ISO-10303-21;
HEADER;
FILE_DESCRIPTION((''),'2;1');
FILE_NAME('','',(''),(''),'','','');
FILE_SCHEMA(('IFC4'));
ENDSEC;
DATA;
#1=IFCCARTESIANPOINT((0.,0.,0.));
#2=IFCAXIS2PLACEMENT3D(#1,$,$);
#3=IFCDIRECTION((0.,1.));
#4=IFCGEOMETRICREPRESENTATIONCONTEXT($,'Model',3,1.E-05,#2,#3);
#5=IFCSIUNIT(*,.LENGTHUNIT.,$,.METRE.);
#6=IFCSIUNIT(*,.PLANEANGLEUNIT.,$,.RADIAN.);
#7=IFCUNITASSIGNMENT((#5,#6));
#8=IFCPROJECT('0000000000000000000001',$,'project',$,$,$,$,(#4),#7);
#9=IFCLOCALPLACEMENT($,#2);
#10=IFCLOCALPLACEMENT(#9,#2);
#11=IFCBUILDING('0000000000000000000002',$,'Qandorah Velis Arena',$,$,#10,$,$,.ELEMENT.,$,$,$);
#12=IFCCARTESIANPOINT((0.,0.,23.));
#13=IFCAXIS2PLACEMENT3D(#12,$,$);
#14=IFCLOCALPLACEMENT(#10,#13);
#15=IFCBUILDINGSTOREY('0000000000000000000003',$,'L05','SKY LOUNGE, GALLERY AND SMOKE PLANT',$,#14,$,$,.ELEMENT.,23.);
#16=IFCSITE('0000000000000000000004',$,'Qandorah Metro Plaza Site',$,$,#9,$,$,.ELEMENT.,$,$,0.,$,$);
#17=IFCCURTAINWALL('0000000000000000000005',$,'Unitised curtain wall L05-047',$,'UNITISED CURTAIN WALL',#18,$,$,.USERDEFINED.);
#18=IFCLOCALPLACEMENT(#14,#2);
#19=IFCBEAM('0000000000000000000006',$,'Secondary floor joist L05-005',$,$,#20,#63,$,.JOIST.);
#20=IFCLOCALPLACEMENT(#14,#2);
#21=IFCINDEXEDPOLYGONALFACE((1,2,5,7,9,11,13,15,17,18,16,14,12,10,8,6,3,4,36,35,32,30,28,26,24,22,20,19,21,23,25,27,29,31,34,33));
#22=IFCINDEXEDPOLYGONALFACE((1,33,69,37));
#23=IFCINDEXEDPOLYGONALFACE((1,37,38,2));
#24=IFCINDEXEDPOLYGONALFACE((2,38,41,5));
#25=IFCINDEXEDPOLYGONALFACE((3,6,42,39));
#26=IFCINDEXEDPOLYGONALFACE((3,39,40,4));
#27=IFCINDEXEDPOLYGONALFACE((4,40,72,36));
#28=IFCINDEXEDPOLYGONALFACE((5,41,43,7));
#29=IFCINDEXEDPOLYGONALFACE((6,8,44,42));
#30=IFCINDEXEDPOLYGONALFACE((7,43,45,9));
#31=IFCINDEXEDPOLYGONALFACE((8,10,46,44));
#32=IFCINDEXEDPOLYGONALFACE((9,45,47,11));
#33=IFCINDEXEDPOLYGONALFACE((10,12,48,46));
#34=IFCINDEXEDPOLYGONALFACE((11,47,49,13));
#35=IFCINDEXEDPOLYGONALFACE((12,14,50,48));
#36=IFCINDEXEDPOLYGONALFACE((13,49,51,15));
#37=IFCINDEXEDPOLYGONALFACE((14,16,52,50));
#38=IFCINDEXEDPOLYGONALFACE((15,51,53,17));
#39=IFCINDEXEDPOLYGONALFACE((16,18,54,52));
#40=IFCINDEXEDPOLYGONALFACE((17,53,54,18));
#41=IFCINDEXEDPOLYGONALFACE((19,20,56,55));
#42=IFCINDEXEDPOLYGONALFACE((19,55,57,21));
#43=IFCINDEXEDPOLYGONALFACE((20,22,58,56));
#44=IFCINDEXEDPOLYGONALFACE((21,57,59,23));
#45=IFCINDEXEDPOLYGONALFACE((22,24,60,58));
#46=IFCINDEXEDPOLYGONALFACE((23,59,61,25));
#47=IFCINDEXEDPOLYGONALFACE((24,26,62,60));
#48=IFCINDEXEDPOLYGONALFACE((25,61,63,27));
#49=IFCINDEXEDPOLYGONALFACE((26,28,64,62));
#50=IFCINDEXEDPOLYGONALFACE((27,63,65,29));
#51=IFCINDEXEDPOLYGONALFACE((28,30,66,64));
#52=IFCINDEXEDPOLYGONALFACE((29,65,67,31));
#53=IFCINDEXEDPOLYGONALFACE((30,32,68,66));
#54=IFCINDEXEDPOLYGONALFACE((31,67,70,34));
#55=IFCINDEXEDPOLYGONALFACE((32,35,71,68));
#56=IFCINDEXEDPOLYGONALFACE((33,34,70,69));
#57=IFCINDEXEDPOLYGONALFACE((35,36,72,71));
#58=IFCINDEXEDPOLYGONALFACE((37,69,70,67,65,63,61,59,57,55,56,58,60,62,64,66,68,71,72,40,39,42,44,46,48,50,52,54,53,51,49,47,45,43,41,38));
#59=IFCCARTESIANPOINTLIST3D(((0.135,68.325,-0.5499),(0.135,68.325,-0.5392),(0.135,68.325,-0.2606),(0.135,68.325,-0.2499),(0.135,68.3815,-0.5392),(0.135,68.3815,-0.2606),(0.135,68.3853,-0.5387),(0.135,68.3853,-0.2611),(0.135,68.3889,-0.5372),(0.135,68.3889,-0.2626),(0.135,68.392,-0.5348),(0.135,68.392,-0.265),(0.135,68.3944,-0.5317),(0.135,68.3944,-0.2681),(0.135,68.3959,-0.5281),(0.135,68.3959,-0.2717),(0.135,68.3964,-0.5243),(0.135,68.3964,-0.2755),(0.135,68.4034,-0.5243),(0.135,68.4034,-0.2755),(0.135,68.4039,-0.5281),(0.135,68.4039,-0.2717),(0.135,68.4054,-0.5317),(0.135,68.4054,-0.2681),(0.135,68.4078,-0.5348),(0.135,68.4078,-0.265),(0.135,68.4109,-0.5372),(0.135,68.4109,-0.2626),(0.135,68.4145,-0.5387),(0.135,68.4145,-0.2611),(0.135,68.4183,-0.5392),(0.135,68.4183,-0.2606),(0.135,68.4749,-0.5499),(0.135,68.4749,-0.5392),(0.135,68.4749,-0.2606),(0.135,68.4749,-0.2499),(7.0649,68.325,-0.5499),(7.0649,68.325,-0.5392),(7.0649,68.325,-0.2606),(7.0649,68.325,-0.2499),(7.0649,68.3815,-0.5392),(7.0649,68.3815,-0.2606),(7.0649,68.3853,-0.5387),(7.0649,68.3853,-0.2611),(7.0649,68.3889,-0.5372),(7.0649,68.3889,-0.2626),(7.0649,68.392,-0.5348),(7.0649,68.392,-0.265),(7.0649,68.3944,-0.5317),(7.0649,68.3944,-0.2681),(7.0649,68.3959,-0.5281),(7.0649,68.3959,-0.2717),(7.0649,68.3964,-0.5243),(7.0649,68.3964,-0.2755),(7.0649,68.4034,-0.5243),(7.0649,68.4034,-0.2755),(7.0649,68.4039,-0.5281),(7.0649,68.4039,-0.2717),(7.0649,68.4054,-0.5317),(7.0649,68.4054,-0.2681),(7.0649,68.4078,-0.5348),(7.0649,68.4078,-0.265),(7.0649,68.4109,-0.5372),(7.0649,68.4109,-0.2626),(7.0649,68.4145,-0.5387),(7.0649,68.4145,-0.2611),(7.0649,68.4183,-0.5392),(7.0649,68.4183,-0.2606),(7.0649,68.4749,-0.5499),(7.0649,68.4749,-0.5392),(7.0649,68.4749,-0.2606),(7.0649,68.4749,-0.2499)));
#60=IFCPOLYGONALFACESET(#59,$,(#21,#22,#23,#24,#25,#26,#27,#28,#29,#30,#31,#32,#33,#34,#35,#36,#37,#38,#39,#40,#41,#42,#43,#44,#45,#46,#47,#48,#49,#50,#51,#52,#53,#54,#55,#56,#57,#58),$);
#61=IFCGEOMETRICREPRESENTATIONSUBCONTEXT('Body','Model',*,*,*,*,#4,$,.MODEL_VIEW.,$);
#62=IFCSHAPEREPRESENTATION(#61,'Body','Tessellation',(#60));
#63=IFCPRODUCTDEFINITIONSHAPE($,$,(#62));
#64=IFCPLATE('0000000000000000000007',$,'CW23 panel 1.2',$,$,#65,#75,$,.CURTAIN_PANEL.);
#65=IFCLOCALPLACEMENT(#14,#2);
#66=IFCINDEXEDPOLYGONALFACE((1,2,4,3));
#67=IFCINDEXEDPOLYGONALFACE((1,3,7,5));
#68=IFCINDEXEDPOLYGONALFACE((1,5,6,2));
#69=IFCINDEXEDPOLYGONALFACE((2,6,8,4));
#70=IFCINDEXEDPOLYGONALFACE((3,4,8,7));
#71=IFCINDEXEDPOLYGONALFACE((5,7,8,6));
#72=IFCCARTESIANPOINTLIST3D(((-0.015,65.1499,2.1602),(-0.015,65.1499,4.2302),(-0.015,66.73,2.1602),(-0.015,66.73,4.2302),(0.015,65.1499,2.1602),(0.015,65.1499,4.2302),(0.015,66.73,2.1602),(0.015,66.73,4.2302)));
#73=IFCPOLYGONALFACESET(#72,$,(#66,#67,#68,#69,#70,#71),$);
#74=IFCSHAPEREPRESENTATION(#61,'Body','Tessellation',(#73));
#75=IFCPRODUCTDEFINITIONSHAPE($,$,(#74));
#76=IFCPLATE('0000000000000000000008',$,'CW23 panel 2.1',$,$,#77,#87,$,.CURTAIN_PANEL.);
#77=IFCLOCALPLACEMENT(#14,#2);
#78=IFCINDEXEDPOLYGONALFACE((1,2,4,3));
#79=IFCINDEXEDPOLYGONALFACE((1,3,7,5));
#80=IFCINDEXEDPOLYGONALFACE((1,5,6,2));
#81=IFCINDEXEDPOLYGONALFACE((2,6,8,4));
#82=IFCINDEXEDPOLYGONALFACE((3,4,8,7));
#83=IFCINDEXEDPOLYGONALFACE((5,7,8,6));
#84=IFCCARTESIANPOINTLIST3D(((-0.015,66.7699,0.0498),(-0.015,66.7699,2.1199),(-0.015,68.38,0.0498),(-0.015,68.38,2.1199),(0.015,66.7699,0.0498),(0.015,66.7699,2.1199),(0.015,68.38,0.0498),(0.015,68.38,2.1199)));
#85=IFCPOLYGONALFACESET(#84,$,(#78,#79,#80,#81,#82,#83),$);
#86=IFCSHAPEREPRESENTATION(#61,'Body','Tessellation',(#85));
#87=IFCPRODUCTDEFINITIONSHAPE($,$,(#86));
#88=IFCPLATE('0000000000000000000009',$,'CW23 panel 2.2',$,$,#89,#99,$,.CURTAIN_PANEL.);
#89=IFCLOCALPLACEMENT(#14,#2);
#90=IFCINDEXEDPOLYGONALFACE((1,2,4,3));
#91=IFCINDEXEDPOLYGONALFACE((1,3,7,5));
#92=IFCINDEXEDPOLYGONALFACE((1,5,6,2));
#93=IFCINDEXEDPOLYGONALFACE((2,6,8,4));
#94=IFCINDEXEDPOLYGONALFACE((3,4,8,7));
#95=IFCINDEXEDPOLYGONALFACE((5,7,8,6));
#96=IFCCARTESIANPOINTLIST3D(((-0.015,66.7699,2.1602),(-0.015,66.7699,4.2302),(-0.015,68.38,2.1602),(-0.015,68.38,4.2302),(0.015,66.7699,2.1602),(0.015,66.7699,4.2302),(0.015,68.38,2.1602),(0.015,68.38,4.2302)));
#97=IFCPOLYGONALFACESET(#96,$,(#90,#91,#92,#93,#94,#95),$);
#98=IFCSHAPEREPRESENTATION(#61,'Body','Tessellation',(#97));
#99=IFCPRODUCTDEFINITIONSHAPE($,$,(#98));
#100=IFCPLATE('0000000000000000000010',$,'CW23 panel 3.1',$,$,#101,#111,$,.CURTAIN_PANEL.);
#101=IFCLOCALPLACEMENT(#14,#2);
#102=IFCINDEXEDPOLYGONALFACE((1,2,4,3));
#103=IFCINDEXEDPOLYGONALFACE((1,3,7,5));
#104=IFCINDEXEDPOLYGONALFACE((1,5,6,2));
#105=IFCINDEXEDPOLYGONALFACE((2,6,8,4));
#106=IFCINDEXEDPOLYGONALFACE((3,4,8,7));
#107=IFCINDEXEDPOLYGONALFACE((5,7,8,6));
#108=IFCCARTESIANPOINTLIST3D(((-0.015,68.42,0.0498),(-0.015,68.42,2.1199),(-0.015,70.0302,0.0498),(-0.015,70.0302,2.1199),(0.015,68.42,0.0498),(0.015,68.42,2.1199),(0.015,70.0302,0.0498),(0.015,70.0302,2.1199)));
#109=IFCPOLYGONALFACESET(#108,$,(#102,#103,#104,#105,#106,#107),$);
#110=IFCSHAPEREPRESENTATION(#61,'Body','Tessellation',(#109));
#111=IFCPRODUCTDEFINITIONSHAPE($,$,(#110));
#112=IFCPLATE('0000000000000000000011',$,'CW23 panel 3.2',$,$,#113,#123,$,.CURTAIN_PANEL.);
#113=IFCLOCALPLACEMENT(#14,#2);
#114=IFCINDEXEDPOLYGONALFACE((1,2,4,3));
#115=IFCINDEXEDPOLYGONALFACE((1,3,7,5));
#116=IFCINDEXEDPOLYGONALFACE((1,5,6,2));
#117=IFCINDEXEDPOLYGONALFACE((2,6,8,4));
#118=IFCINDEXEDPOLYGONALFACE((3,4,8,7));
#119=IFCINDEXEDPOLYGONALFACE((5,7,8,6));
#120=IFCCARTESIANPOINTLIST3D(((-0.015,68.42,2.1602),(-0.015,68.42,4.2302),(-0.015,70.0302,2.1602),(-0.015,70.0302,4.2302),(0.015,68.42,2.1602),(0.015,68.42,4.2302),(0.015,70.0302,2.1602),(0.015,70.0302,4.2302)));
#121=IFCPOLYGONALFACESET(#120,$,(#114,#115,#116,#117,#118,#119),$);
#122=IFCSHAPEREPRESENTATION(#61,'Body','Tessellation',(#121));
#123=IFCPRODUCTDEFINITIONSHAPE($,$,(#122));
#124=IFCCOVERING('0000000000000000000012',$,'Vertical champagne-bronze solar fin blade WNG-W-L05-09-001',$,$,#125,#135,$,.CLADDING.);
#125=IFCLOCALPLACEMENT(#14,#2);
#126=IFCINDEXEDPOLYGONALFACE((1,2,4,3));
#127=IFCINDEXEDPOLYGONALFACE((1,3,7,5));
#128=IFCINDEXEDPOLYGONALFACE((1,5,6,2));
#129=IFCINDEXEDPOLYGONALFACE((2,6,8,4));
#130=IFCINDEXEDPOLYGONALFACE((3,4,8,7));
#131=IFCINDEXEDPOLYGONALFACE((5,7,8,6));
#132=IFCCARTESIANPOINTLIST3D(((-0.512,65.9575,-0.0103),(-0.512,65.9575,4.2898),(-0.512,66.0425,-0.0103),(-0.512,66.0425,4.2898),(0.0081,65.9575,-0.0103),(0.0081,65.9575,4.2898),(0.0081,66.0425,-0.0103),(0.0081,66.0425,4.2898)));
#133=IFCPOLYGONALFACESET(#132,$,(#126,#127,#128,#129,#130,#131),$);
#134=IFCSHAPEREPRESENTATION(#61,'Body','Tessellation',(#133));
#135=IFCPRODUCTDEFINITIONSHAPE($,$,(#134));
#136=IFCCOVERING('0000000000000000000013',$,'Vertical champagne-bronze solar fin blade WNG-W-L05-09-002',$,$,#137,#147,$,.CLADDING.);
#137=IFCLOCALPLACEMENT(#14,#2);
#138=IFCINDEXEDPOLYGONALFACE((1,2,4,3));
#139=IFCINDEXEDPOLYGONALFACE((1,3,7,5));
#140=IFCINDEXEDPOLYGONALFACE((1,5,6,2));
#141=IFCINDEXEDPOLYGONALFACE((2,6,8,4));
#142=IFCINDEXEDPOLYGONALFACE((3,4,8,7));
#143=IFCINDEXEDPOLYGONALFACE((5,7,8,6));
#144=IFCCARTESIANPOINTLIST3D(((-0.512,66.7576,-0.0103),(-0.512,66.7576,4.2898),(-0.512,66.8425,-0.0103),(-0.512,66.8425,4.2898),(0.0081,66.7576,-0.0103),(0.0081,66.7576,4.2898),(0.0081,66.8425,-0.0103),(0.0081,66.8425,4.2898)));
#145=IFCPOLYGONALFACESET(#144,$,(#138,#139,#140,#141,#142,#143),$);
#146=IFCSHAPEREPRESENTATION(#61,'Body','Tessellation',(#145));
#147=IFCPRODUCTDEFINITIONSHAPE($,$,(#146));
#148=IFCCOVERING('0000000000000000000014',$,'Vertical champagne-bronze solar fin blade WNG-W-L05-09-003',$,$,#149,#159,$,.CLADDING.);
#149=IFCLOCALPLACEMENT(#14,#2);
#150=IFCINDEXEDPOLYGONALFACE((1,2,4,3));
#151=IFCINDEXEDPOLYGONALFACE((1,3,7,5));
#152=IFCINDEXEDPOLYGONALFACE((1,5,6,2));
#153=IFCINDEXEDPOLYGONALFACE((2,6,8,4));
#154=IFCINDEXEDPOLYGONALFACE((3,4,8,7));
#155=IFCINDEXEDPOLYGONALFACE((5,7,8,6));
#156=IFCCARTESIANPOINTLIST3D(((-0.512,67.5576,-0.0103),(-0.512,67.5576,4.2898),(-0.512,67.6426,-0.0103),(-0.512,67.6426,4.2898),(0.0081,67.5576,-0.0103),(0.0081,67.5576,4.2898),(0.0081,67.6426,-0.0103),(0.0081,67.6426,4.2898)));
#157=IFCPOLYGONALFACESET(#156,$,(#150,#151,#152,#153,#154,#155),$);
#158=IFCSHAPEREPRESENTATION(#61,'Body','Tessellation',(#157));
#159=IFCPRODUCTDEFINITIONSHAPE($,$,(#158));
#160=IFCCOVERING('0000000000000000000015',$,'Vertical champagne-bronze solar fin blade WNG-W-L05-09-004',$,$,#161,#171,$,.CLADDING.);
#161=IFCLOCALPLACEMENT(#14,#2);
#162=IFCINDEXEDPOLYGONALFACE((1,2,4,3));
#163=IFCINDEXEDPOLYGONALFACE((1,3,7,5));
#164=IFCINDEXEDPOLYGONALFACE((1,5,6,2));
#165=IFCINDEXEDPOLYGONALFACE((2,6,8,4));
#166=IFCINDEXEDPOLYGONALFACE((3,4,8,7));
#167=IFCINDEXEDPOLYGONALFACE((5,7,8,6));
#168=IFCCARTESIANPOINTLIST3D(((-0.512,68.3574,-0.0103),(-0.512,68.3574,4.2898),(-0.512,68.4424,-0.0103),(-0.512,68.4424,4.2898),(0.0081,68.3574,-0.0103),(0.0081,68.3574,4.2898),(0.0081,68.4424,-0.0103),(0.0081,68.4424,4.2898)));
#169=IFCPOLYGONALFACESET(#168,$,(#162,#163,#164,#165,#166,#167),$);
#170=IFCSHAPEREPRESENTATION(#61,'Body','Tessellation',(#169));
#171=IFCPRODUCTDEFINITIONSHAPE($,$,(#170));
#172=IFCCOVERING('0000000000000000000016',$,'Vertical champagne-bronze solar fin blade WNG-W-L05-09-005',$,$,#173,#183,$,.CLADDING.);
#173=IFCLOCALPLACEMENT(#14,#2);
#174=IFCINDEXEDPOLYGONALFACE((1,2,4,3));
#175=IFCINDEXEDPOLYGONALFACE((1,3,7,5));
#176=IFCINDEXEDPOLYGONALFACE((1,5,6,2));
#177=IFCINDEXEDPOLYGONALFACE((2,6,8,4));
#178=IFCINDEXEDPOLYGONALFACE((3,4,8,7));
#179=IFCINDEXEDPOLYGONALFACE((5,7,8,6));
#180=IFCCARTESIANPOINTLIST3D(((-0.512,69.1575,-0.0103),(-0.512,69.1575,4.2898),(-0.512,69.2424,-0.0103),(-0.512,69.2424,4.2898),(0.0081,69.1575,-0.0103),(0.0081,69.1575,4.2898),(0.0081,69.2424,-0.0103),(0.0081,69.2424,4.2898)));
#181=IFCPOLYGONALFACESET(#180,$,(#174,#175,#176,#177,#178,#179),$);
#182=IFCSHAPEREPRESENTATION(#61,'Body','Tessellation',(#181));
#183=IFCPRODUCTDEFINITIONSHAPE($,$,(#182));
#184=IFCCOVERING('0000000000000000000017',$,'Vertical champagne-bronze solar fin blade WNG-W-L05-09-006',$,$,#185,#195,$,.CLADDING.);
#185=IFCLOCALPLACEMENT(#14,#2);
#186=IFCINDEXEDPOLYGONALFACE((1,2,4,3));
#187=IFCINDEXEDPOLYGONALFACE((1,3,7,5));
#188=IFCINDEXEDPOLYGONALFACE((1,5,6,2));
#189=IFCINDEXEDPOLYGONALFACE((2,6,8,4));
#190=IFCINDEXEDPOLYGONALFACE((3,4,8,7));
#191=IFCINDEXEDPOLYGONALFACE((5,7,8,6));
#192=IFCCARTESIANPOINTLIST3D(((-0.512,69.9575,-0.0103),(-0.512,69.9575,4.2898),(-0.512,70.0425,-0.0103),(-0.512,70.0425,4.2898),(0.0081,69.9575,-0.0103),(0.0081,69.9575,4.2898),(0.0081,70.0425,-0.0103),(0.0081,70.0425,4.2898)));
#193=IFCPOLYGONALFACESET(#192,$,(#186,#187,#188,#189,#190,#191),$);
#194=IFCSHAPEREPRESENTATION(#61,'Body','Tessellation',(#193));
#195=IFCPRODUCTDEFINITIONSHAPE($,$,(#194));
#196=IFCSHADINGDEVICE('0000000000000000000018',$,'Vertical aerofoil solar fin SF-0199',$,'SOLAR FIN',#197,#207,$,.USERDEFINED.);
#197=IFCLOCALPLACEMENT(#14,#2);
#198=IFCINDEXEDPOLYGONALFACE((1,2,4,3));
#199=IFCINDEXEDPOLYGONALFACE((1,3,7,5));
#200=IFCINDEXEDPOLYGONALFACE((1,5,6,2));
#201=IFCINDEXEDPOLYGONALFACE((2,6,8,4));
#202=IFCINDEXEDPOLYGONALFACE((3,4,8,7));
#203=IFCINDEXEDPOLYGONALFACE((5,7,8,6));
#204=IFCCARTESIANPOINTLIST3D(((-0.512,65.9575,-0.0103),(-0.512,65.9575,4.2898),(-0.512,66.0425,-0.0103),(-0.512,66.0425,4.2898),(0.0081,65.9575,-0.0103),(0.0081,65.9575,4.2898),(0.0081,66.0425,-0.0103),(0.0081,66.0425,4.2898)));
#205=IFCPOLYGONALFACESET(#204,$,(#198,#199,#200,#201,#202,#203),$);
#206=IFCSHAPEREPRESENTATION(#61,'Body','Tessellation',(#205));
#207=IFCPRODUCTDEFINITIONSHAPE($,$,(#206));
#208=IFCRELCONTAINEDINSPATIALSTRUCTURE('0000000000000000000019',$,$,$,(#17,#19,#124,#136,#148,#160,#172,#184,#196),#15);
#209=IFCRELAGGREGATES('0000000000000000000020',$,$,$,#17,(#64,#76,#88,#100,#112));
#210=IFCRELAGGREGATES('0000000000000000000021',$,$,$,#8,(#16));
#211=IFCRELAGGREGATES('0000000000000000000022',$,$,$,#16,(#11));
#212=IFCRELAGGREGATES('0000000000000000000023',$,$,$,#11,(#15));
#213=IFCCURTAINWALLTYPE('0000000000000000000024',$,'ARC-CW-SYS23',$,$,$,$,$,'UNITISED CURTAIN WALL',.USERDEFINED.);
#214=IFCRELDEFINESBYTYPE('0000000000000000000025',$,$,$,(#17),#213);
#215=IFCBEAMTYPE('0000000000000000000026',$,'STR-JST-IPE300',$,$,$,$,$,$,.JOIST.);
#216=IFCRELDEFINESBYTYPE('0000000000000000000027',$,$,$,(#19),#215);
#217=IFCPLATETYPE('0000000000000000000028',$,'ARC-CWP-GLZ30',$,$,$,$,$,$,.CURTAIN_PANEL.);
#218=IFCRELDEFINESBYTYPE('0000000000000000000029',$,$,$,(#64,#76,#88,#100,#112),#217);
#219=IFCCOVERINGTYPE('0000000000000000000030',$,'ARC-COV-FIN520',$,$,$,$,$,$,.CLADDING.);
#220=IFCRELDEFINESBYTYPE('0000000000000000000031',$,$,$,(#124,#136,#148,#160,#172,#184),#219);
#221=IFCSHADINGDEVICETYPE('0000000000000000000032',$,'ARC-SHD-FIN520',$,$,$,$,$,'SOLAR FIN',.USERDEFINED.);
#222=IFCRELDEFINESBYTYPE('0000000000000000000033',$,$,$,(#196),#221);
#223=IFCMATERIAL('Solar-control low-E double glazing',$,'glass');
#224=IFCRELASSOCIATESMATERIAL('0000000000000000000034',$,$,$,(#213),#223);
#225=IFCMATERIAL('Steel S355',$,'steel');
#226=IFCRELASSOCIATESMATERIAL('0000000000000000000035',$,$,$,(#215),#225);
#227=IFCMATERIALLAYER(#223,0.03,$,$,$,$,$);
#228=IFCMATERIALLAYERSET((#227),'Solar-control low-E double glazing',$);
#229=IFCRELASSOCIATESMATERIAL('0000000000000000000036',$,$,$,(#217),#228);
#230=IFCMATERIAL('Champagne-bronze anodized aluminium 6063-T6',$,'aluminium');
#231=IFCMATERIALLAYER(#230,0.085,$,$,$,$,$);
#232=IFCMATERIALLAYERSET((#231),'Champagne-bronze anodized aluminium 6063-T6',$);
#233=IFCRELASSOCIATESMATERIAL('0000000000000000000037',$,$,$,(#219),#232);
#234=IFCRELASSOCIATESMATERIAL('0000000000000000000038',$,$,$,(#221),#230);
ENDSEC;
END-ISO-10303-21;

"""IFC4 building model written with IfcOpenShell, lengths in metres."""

from ifc_helpers import new_model, si_unit, direction, frame, origin, origin_2d, place, context, subcontext, project, spatial, rectangle, i_section, extrude, material, layer, layer_set, material_profile, profile_set, type_object, element, aggregate, save


model = new_model("IFC4")

# Units and contexts
model_context = context("Model", 3, precision=1e-05, world=origin(), true_north=direction((0.0, 1.0)))
body_context = subcontext(model_context, "Body", "Model", "MODEL_VIEW")
ifc_project = project(units=[si_unit("LENGTHUNIT", "METRE"), si_unit("PLANEANGLEUNIT", "RADIAN")], contexts=[model_context])

# Site, building, storey
site_placement = place(None, origin())
site = spatial("IfcSite", under=ifc_project, at=site_placement, Name="Qandorah Metro Plaza Site", CompositionType="ELEMENT", RefElevation=0.0)
building_placement = place(site_placement, origin())
building = spatial("IfcBuilding", under=site, at=building_placement, Name="Qandorah Velis Arena", CompositionType="ELEMENT")
storey_placement = place(building_placement, frame((0.0, 0.0, 23.0)))
storey = spatial("IfcBuildingStorey", under=building, at=storey_placement, Name="L05", Description="SKY LOUNGE, GALLERY AND SMOKE PLANT", CompositionType="ELEMENT", Elevation=23.0)

# Curtain wall
ifc_material_1 = material(Name="Solar-control low-E double glazing", Category="glass")
curtain_wall_type = type_object("IfcCurtainWallType", Name="ARC-CW-SYS23", ElementType="UNITISED CURTAIN WALL", PredefinedType="USERDEFINED", material=ifc_material_1)
curtain_wall_placement = place(storey_placement, origin())
curtain_wall = element("IfcCurtainWall", 1, at=curtain_wall_placement, inside=storey, type_object=curtain_wall_type, Name="Unitised curtain wall L05-047", ObjectType="UNITISED CURTAIN WALL", PredefinedType="USERDEFINED")
ifc_material_2 = material(Name="Champagne-bronze anodized aluminium 6063-T6", Category="aluminium")

# Beam
ifc_material_3 = material(Name="Steel S355", Category="steel")
ifc_material_profile_1 = material_profile(ifc_material_3, i_section(OverallWidth=0.1499, OverallDepth=0.3, WebThickness=0.0071, FlangeThickness=0.0107, FilletRadius=0.0149, at=origin_2d()), Name="IPE 300")
ifc_profile_set_1 = profile_set([ifc_material_profile_1], Name="Steel S355")
beam_type = type_object("IfcBeamType", Name="STR-JST-IPE300", PredefinedType="JOIST", material=ifc_profile_set_1)
beam_placement = place(storey_placement, frame((0.135, 68.3999, -0.3999), z_axis=(1.0, 0.0, 0.0), x_axis=(0.0, 1.0, 0.0)))
element("IfcBeam", 2, at=beam_placement, inside=storey, type_object=beam_type, Name="Secondary floor joist L05-005", PredefinedType="JOIST", context=body_context, shape_type="SweptSolid", body=[
    extrude(i_section(OverallWidth=0.1499, OverallDepth=0.3, WebThickness=0.0071, FlangeThickness=0.0107, FilletRadius=0.0149, at=origin_2d()), origin(), (0.0, 0.0, 1.0), 6.9299),
])

# Plates
ifc_layer_1 = layer(ifc_material_1, 0.03)
ifc_layer_set_1 = layer_set([ifc_layer_1], Name="Solar-control low-E double glazing")
plate_type = type_object("IfcPlateType", Name="ARC-CWP-GLZ30", PredefinedType="CURTAIN_PANEL", material=ifc_layer_set_1)
plate_1_placement = place(storey_placement, frame((0.0, 65.9399, 2.1602), z_axis=(0.0, 0.0, 1.0), x_axis=(0.0, 1.0, 0.0)))
plate_1 = element("IfcPlate", 3, at=plate_1_placement, type_object=plate_type, Name="CW23 panel 1.2", PredefinedType="CURTAIN_PANEL", context=body_context, shape_type="SweptSolid", body=[
    extrude(rectangle(XDim=1.5801, YDim=0.03, at=origin_2d()), origin(), (0.0, 0.0, 1.0), 2.0701),
])
plate_2_placement = place(storey_placement, frame((0.0, 67.575, 0.0498), z_axis=(0.0, 0.0, 1.0), x_axis=(0.0, 1.0, 0.0)))
plate_2 = element("IfcPlate", 4, at=plate_2_placement, type_object=plate_type, Name="CW23 panel 2.1", PredefinedType="CURTAIN_PANEL", context=body_context, shape_type="SweptSolid", body=[
    extrude(rectangle(XDim=1.6101, YDim=0.03, at=origin_2d()), origin(), (0.0, 0.0, 1.0), 2.0701),
])
plate_3_placement = place(storey_placement, frame((0.0, 67.575, 2.1602), z_axis=(0.0, 0.0, 1.0), x_axis=(0.0, 1.0, 0.0)))
plate_3 = element("IfcPlate", 5, at=plate_3_placement, type_object=plate_type, Name="CW23 panel 2.2", PredefinedType="CURTAIN_PANEL", context=body_context, shape_type="SweptSolid", body=[
    extrude(rectangle(XDim=1.6101, YDim=0.03, at=origin_2d()), origin(), (0.0, 0.0, 1.0), 2.0701),
])
plate_4_placement = place(storey_placement, frame((0.0, 69.2251, 0.0498), z_axis=(0.0, 0.0, 1.0), x_axis=(0.0, 1.0, 0.0)))
plate_4 = element("IfcPlate", 6, at=plate_4_placement, type_object=plate_type, Name="CW23 panel 3.1", PredefinedType="CURTAIN_PANEL", context=body_context, shape_type="SweptSolid", body=[
    extrude(rectangle(XDim=1.6101, YDim=0.03, at=origin_2d()), origin(), (0.0, 0.0, 1.0), 2.0701),
])
plate_5_placement = place(storey_placement, frame((0.0, 69.2251, 2.1602), z_axis=(0.0, 0.0, 1.0), x_axis=(0.0, 1.0, 0.0)))
plate_5 = element("IfcPlate", 7, at=plate_5_placement, type_object=plate_type, Name="CW23 panel 3.2", PredefinedType="CURTAIN_PANEL", context=body_context, shape_type="SweptSolid", body=[
    extrude(rectangle(XDim=1.6101, YDim=0.03, at=origin_2d()), origin(), (0.0, 0.0, 1.0), 2.0701),
])
aggregate(curtain_wall, [plate_1, plate_2, plate_3, plate_4, plate_5])

# Coverings
ifc_layer_2 = layer(ifc_material_2, 0.085)
ifc_layer_set_2 = layer_set([ifc_layer_2], Name="Champagne-bronze anodized aluminium 6063-T6")
covering_type = type_object("IfcCoveringType", Name="ARC-COV-FIN520", PredefinedType="CLADDING", material=ifc_layer_set_2)
for number, where, z_axis, x_axis, name in (
    (8, (-0.252, 66.0, -0.0103), (0.0, 0.0, 1.0), (1.0, 0.0, 0.0), "Vertical champagne-bronze solar fin blade WNG-W-L05-09-001"),
    (9, (-0.252, 66.8, -0.0103), (0.0, 0.0, 1.0), (1.0, 0.0, 0.0), "Vertical champagne-bronze solar fin blade WNG-W-L05-09-002"),
    (10, (-0.252, 67.6001, -0.0103), (0.0, 0.0, 1.0), (1.0, 0.0, 0.0), "Vertical champagne-bronze solar fin blade WNG-W-L05-09-003"),
    (11, (-0.252, 68.3999, -0.0103), (0.0, 0.0, 1.0), (1.0, 0.0, 0.0), "Vertical champagne-bronze solar fin blade WNG-W-L05-09-004"),
    (12, (-0.252, 69.2, -0.0103), (0.0, 0.0, 1.0), (1.0, 0.0, 0.0), "Vertical champagne-bronze solar fin blade WNG-W-L05-09-005"),
    (13, (-0.252, 70.0, -0.0103), (0.0, 0.0, 1.0), (1.0, 0.0, 0.0), "Vertical champagne-bronze solar fin blade WNG-W-L05-09-006"),
):
    element("IfcCovering", number, at=place(storey_placement, frame(where, z_axis=z_axis, x_axis=x_axis)), inside=storey, type_object=covering_type, Name=name, PredefinedType="CLADDING", context=body_context, shape_type="SweptSolid", body=[
        extrude(rectangle(XDim=0.52, YDim=0.085, at=origin_2d()), origin(), (0.0, 0.0, 1.0), 4.3),
    ])

# Shading device
shading_device_type = type_object("IfcShadingDeviceType", Name="ARC-SHD-FIN520", ElementType="SOLAR FIN", PredefinedType="USERDEFINED", material=ifc_material_2)
for number, where, z_axis, x_axis, name in (
    (14, (-0.252, 66.0, -0.0103), (0.0, 0.0, 1.0), (1.0, 0.0, 0.0), "Vertical aerofoil solar fin SF-0199"),
):
    element("IfcShadingDevice", number, at=place(storey_placement, frame(where, z_axis=z_axis, x_axis=x_axis)), inside=storey, type_object=shading_device_type, Name=name, ObjectType="SOLAR FIN", PredefinedType="USERDEFINED", context=body_context, shape_type="SweptSolid", body=[
        extrude(rectangle(XDim=0.52, YDim=0.085, at=origin_2d()), origin(), (0.0, 0.0, 1.0), 4.3),
    ])

save(model, "model.ifc")
